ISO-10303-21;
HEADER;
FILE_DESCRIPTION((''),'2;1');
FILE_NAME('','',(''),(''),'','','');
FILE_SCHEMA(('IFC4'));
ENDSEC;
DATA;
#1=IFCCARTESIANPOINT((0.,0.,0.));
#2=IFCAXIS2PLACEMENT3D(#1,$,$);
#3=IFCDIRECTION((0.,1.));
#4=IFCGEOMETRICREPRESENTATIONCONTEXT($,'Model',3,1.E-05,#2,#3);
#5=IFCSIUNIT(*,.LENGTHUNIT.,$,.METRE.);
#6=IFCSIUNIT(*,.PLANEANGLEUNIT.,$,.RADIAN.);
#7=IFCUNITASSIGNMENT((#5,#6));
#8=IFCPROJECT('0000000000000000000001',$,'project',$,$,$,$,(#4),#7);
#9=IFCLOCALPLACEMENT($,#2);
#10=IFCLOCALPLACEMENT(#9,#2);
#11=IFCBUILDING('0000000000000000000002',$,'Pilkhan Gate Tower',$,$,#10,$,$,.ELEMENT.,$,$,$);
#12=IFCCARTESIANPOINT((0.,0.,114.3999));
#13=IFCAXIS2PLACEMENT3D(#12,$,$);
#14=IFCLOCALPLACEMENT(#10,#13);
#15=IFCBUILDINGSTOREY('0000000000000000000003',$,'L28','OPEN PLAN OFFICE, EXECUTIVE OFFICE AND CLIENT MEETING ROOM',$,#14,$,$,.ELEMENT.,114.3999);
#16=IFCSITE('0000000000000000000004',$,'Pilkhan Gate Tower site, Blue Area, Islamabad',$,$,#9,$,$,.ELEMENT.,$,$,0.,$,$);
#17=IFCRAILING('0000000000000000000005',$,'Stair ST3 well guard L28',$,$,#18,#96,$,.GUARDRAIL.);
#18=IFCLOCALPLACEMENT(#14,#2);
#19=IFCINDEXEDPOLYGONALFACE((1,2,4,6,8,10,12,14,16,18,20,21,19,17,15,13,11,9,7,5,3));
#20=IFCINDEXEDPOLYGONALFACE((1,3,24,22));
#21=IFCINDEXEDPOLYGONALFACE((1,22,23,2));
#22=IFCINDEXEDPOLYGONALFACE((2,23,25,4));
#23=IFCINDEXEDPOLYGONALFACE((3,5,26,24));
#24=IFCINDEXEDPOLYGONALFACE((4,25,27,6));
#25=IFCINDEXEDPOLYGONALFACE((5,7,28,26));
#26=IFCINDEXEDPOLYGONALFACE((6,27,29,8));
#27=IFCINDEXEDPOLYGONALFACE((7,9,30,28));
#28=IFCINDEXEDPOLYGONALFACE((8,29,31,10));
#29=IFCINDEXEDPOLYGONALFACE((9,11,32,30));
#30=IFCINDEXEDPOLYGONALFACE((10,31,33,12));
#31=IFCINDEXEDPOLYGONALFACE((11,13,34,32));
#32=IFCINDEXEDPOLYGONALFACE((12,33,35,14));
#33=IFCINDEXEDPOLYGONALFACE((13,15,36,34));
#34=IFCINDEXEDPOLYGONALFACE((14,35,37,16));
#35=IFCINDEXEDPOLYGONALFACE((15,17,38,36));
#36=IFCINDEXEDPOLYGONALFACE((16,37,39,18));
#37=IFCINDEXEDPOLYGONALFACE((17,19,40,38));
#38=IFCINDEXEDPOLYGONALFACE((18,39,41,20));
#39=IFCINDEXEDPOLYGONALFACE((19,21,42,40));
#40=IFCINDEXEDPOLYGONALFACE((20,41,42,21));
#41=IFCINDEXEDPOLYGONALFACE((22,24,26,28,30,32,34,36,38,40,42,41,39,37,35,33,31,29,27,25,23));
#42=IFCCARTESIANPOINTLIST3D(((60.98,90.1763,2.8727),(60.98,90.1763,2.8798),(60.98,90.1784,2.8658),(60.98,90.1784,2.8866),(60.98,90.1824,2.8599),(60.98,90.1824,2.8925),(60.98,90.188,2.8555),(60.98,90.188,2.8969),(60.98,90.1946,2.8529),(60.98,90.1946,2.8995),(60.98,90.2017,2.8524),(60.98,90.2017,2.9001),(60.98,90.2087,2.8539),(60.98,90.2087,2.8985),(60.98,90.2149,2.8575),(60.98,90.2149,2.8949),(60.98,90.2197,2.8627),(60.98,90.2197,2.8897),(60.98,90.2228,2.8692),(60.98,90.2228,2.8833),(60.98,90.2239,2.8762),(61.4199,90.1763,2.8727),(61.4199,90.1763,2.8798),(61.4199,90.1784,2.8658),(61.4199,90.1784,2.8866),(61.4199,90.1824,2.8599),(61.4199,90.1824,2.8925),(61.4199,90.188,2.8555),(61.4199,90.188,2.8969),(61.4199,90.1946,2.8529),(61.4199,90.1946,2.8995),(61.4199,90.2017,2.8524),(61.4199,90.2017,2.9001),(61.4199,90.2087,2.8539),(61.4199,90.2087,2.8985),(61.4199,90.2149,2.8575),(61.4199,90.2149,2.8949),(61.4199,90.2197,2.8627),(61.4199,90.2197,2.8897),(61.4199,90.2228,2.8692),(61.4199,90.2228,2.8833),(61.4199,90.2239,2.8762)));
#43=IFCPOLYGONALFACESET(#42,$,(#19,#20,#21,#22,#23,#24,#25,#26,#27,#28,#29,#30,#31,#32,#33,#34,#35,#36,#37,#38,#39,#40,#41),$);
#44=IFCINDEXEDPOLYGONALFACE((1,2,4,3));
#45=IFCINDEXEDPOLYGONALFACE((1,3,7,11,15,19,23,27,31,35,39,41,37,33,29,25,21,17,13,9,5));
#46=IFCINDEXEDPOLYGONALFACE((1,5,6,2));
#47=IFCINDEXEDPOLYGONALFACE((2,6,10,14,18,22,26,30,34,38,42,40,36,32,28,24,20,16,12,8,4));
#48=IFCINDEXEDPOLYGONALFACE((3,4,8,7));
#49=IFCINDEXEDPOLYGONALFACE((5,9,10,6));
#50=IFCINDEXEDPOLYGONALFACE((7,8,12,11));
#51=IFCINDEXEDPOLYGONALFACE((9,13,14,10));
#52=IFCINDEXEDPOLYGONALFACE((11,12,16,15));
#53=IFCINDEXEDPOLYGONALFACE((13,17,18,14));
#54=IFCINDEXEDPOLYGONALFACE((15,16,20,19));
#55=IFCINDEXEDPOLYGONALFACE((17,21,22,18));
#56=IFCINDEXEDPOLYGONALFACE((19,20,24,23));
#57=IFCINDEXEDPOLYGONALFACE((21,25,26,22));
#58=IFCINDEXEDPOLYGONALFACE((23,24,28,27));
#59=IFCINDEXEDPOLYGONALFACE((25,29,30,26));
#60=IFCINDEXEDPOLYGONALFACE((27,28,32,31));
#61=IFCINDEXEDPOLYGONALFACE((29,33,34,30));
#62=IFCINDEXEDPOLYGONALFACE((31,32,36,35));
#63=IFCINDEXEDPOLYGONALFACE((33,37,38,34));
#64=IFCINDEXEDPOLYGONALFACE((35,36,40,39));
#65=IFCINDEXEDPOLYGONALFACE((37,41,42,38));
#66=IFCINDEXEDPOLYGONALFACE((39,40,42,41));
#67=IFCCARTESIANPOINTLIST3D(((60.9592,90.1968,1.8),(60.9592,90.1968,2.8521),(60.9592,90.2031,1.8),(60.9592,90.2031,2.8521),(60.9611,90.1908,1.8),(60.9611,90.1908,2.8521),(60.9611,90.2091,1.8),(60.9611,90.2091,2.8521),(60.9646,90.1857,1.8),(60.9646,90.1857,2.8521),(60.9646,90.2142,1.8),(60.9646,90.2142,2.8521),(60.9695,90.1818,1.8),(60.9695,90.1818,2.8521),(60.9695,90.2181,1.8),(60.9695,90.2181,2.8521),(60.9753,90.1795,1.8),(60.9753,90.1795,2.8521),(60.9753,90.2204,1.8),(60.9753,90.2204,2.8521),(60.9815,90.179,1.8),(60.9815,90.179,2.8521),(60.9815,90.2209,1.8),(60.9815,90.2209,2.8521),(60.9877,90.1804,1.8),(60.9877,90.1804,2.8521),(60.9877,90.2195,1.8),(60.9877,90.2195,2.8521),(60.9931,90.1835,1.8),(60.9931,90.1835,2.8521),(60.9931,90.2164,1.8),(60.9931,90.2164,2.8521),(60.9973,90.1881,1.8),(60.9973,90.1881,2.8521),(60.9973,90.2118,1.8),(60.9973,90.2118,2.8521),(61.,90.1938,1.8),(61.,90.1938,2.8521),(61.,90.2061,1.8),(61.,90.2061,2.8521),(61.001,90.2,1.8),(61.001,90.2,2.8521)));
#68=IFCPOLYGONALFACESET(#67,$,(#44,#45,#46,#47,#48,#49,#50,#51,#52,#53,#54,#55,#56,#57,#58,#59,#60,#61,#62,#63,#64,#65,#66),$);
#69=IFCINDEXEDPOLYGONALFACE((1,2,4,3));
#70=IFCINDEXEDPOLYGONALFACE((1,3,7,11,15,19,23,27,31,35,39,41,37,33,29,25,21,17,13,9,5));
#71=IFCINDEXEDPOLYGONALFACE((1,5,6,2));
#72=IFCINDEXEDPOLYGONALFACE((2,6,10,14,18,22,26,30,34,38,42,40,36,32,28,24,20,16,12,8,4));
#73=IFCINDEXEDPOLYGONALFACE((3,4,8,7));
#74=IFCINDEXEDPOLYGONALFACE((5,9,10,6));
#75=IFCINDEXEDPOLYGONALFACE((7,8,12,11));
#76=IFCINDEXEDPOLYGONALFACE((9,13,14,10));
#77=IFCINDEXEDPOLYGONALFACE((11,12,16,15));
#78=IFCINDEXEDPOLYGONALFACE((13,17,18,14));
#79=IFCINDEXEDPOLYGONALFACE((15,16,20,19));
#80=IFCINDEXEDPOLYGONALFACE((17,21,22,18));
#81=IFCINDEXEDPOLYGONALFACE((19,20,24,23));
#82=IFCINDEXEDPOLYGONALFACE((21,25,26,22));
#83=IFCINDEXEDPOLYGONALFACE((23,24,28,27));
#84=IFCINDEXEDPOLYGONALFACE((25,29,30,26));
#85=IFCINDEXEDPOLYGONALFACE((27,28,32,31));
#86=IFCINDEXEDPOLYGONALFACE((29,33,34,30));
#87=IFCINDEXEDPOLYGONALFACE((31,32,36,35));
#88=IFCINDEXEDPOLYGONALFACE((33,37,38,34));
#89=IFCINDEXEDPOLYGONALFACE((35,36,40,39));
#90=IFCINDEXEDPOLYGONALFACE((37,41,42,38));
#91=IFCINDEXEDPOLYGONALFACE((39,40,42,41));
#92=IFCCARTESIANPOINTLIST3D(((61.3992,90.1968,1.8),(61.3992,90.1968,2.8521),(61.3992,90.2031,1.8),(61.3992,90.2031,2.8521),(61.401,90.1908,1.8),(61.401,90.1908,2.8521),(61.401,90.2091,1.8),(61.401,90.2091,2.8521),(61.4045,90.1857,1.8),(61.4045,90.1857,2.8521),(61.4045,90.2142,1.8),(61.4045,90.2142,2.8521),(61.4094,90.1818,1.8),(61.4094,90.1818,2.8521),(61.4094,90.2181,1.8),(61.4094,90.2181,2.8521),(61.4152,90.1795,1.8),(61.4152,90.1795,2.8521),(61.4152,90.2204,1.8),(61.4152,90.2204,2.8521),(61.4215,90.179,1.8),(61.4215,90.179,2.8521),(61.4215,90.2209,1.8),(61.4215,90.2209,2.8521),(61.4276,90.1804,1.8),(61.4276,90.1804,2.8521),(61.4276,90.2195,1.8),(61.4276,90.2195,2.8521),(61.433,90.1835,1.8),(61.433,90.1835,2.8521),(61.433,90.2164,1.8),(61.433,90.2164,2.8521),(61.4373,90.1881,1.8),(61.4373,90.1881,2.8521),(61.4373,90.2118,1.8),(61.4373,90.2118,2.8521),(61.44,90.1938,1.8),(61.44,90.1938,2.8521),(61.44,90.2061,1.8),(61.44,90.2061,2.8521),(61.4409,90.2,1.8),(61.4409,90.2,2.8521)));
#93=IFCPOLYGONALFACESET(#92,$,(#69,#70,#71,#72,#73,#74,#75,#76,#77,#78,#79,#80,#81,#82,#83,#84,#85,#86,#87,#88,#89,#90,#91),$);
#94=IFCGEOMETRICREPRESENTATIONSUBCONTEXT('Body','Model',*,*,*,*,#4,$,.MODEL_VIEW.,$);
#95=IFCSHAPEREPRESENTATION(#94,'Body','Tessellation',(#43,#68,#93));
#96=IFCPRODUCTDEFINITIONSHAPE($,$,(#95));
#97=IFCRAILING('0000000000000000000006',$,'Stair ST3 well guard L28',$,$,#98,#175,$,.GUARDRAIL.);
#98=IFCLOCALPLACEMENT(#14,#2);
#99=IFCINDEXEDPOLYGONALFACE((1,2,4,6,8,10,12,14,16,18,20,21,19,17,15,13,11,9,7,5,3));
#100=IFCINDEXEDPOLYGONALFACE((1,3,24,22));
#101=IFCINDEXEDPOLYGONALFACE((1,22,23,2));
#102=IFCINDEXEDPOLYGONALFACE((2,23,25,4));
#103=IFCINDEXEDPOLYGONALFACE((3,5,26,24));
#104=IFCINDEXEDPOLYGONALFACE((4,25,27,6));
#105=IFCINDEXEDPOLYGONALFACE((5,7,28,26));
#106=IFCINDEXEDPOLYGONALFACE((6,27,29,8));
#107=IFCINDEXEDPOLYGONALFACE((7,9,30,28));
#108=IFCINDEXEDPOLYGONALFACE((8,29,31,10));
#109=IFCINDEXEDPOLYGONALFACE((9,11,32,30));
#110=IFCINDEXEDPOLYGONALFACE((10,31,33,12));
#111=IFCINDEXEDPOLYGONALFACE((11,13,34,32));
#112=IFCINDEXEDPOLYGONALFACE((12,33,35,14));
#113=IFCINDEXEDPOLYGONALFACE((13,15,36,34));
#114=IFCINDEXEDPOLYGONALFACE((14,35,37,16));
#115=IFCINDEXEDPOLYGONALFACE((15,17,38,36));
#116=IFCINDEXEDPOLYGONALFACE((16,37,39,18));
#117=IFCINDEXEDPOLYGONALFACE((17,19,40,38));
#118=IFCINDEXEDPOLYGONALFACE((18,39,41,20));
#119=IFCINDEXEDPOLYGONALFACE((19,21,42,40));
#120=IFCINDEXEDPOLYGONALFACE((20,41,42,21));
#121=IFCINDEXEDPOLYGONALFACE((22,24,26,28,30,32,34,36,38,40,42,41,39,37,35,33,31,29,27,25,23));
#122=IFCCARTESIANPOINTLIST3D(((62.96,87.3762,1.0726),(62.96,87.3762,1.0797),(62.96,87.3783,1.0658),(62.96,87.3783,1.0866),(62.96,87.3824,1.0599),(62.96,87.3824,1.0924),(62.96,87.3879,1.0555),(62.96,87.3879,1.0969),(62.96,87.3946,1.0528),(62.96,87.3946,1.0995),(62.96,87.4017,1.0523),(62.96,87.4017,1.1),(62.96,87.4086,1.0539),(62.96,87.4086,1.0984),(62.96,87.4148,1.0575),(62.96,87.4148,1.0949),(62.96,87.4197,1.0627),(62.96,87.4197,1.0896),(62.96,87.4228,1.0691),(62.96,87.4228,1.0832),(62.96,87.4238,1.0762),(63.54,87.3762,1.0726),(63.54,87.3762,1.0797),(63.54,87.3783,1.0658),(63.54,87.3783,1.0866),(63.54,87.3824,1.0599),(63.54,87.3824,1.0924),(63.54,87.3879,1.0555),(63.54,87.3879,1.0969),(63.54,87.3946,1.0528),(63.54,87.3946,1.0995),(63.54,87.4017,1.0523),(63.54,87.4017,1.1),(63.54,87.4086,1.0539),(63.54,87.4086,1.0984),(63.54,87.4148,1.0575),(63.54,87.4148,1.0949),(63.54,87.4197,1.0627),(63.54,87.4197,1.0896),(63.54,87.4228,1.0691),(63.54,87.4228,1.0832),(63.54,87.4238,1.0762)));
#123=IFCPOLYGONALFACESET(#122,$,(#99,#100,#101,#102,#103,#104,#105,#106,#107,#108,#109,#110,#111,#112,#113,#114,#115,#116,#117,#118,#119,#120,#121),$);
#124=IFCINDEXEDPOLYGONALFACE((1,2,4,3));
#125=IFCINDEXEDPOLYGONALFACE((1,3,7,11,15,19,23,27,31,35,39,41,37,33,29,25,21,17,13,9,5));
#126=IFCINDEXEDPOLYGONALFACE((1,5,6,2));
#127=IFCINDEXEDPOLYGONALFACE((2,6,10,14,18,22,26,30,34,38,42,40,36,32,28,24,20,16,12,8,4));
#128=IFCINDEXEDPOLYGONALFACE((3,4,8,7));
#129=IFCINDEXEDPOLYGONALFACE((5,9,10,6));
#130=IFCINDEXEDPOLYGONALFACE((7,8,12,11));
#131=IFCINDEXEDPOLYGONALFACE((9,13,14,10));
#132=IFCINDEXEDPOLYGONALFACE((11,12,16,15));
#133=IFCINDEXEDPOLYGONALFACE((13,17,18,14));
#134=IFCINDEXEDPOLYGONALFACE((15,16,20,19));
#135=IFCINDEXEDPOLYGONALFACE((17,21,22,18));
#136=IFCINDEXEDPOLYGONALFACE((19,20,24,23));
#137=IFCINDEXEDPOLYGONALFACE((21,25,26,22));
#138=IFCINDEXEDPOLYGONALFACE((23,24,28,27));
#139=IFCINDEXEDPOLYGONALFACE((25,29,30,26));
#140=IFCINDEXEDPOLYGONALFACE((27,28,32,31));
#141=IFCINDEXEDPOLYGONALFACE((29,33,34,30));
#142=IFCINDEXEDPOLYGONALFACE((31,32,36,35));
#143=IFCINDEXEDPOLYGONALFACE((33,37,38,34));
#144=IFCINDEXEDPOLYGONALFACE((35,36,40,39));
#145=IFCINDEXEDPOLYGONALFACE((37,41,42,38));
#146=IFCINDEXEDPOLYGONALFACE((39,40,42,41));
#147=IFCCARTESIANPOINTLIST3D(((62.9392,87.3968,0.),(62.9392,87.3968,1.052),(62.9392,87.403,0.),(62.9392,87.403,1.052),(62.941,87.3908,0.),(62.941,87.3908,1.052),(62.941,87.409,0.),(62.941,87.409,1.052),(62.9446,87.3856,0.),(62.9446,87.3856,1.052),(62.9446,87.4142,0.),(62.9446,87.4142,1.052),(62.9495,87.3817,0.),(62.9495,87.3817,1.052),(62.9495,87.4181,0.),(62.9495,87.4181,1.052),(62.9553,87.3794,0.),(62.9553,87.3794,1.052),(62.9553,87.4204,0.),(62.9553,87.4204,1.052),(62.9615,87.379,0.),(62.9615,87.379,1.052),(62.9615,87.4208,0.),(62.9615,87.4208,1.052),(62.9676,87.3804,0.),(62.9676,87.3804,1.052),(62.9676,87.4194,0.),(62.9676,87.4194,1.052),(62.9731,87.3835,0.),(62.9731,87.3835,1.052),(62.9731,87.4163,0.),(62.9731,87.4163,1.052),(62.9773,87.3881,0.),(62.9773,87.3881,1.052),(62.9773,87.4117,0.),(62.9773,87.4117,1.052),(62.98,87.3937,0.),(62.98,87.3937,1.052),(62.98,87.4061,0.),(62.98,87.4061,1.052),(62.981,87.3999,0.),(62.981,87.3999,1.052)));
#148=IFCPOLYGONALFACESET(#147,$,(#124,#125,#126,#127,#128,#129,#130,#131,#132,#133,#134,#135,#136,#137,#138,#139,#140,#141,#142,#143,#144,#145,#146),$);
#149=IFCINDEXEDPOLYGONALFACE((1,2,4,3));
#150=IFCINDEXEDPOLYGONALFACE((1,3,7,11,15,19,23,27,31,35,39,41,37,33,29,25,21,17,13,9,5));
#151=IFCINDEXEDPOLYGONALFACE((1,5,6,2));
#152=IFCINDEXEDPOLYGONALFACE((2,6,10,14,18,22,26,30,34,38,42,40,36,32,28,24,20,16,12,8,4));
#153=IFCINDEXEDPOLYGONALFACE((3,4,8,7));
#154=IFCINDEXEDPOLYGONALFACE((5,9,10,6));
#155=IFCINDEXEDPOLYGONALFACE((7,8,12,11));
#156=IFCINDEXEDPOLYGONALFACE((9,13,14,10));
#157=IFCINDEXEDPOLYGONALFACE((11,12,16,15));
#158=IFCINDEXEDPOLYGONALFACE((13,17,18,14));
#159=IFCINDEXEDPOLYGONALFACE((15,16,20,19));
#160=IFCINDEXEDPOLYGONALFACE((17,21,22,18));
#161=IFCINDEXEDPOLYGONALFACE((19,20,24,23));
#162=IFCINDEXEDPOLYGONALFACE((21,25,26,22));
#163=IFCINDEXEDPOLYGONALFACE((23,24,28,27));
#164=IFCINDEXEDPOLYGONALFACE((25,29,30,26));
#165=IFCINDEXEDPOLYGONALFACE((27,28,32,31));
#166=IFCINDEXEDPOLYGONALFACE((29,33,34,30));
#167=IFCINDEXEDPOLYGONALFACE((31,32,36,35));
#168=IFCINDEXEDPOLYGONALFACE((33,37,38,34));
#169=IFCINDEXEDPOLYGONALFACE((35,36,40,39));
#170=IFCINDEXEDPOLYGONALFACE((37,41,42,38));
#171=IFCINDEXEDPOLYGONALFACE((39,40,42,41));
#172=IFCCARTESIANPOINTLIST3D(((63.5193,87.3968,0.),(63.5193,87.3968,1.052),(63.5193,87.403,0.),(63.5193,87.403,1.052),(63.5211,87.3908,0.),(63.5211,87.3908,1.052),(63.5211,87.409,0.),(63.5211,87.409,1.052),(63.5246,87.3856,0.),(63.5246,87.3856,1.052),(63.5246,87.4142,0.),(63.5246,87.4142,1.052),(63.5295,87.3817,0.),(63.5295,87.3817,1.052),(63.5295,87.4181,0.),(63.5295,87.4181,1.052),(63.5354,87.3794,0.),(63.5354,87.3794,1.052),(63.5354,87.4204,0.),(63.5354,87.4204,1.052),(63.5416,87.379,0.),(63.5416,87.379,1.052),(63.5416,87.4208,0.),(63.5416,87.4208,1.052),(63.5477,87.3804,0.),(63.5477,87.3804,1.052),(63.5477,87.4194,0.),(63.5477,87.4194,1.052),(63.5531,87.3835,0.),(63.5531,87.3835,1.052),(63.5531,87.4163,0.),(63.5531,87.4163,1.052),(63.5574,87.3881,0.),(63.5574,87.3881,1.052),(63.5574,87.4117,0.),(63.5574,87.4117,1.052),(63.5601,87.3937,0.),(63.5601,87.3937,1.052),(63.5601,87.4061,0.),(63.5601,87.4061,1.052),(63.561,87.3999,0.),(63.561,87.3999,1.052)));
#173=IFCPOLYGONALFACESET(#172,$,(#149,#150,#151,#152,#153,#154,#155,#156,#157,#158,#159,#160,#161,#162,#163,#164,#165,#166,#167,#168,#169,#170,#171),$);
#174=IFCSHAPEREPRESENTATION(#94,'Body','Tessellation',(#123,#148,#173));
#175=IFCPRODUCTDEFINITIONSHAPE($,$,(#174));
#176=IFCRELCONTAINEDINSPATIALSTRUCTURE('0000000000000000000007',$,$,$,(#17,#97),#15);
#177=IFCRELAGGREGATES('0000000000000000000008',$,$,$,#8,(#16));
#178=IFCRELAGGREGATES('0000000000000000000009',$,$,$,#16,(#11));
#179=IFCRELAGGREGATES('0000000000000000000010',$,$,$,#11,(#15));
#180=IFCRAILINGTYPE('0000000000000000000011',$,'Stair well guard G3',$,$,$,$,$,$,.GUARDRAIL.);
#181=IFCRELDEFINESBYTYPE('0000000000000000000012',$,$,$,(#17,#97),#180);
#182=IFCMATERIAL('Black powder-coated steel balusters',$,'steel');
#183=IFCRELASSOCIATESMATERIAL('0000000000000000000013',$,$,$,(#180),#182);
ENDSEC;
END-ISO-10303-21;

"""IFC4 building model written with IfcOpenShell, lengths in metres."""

from ifc_helpers import new_model, si_unit, direction, frame, origin, origin_2d, place, context, subcontext, project, spatial, circle, extrude, material, type_object, element, save


model = new_model("IFC4")

# Units and contexts
model_context = context("Model", 3, precision=1e-05, world=origin(), true_north=direction((0.0, 1.0)))
body_context = subcontext(model_context, "Body", "Model", "MODEL_VIEW")
ifc_project = project(units=[si_unit("LENGTHUNIT", "METRE"), si_unit("PLANEANGLEUNIT", "RADIAN")], contexts=[model_context])

# Site, building, storey
site_placement = place(None, origin())
site = spatial("IfcSite", under=ifc_project, at=site_placement, Name="Pilkhan Gate Tower site, Blue Area, Islamabad", CompositionType="ELEMENT", RefElevation=0.0)
building_placement = place(site_placement, origin())
building = spatial("IfcBuilding", under=site, at=building_placement, Name="Pilkhan Gate Tower", CompositionType="ELEMENT")
storey_placement = place(building_placement, frame((0.0, 0.0, 114.3999)))
storey = spatial("IfcBuildingStorey", under=building, at=storey_placement, Name="L28", Description="OPEN PLAN OFFICE, EXECUTIVE OFFICE AND CLIENT MEETING ROOM", CompositionType="ELEMENT", Elevation=114.3999)

# Railings
ifc_material_1 = material(Name="Black powder-coated steel balusters", Category="steel")
railing_type_1 = type_object("IfcRailingType", Name="Stair well guard G3", PredefinedType="GUARDRAIL", material=ifc_material_1)
railing_1_placement = place(storey_placement, frame((60.98, 90.2, 1.8)))
element("IfcRailing", 1, at=railing_1_placement, inside=storey, type_object=railing_type_1, Name="Stair ST3 well guard L28", PredefinedType="GUARDRAIL", context=body_context, shape_type="SweptSolid", body=[
    extrude(circle(Radius=0.0239, at=origin_2d()), frame((0.0, 0.0, 1.0762), z_axis=(1.0, 0.0, 0.0), x_axis=(0.0, 1.0, 0.0)), (0.0, 0.0, 1.0), 0.4399),
    extrude(circle(Radius=0.021, at=origin_2d()), origin(), (0.0, 0.0, 1.0), 1.052),
    extrude(circle(Radius=0.021, at=origin_2d()), frame((0.4399, 0.0, 0.0)), (0.0, 0.0, 1.0), 1.052),
])
for number, where, name in (
    (2, (62.96, 87.3999, 0.0), "Stair ST3 well guard L28"),
):
    element("IfcRailing", number, at=place(storey_placement, frame(where)), inside=storey, type_object=railing_type_1, Name=name, PredefinedType="GUARDRAIL", context=body_context, shape_type="SweptSolid", body=[
        extrude(circle(Radius=0.0239, at=origin_2d()), frame((0.0, 0.0, 1.0762), z_axis=(1.0, 0.0, 0.0), x_axis=(0.0, 1.0, 0.0)), (0.0, 0.0, 1.0), 0.5801),
        extrude(circle(Radius=0.021, at=origin_2d()), origin(), (0.0, 0.0, 1.0), 1.052),
        extrude(circle(Radius=0.021, at=origin_2d()), frame((0.5801, 0.0, 0.0)), (0.0, 0.0, 1.0), 1.052),
    ])

save(model, "model.ifc")
